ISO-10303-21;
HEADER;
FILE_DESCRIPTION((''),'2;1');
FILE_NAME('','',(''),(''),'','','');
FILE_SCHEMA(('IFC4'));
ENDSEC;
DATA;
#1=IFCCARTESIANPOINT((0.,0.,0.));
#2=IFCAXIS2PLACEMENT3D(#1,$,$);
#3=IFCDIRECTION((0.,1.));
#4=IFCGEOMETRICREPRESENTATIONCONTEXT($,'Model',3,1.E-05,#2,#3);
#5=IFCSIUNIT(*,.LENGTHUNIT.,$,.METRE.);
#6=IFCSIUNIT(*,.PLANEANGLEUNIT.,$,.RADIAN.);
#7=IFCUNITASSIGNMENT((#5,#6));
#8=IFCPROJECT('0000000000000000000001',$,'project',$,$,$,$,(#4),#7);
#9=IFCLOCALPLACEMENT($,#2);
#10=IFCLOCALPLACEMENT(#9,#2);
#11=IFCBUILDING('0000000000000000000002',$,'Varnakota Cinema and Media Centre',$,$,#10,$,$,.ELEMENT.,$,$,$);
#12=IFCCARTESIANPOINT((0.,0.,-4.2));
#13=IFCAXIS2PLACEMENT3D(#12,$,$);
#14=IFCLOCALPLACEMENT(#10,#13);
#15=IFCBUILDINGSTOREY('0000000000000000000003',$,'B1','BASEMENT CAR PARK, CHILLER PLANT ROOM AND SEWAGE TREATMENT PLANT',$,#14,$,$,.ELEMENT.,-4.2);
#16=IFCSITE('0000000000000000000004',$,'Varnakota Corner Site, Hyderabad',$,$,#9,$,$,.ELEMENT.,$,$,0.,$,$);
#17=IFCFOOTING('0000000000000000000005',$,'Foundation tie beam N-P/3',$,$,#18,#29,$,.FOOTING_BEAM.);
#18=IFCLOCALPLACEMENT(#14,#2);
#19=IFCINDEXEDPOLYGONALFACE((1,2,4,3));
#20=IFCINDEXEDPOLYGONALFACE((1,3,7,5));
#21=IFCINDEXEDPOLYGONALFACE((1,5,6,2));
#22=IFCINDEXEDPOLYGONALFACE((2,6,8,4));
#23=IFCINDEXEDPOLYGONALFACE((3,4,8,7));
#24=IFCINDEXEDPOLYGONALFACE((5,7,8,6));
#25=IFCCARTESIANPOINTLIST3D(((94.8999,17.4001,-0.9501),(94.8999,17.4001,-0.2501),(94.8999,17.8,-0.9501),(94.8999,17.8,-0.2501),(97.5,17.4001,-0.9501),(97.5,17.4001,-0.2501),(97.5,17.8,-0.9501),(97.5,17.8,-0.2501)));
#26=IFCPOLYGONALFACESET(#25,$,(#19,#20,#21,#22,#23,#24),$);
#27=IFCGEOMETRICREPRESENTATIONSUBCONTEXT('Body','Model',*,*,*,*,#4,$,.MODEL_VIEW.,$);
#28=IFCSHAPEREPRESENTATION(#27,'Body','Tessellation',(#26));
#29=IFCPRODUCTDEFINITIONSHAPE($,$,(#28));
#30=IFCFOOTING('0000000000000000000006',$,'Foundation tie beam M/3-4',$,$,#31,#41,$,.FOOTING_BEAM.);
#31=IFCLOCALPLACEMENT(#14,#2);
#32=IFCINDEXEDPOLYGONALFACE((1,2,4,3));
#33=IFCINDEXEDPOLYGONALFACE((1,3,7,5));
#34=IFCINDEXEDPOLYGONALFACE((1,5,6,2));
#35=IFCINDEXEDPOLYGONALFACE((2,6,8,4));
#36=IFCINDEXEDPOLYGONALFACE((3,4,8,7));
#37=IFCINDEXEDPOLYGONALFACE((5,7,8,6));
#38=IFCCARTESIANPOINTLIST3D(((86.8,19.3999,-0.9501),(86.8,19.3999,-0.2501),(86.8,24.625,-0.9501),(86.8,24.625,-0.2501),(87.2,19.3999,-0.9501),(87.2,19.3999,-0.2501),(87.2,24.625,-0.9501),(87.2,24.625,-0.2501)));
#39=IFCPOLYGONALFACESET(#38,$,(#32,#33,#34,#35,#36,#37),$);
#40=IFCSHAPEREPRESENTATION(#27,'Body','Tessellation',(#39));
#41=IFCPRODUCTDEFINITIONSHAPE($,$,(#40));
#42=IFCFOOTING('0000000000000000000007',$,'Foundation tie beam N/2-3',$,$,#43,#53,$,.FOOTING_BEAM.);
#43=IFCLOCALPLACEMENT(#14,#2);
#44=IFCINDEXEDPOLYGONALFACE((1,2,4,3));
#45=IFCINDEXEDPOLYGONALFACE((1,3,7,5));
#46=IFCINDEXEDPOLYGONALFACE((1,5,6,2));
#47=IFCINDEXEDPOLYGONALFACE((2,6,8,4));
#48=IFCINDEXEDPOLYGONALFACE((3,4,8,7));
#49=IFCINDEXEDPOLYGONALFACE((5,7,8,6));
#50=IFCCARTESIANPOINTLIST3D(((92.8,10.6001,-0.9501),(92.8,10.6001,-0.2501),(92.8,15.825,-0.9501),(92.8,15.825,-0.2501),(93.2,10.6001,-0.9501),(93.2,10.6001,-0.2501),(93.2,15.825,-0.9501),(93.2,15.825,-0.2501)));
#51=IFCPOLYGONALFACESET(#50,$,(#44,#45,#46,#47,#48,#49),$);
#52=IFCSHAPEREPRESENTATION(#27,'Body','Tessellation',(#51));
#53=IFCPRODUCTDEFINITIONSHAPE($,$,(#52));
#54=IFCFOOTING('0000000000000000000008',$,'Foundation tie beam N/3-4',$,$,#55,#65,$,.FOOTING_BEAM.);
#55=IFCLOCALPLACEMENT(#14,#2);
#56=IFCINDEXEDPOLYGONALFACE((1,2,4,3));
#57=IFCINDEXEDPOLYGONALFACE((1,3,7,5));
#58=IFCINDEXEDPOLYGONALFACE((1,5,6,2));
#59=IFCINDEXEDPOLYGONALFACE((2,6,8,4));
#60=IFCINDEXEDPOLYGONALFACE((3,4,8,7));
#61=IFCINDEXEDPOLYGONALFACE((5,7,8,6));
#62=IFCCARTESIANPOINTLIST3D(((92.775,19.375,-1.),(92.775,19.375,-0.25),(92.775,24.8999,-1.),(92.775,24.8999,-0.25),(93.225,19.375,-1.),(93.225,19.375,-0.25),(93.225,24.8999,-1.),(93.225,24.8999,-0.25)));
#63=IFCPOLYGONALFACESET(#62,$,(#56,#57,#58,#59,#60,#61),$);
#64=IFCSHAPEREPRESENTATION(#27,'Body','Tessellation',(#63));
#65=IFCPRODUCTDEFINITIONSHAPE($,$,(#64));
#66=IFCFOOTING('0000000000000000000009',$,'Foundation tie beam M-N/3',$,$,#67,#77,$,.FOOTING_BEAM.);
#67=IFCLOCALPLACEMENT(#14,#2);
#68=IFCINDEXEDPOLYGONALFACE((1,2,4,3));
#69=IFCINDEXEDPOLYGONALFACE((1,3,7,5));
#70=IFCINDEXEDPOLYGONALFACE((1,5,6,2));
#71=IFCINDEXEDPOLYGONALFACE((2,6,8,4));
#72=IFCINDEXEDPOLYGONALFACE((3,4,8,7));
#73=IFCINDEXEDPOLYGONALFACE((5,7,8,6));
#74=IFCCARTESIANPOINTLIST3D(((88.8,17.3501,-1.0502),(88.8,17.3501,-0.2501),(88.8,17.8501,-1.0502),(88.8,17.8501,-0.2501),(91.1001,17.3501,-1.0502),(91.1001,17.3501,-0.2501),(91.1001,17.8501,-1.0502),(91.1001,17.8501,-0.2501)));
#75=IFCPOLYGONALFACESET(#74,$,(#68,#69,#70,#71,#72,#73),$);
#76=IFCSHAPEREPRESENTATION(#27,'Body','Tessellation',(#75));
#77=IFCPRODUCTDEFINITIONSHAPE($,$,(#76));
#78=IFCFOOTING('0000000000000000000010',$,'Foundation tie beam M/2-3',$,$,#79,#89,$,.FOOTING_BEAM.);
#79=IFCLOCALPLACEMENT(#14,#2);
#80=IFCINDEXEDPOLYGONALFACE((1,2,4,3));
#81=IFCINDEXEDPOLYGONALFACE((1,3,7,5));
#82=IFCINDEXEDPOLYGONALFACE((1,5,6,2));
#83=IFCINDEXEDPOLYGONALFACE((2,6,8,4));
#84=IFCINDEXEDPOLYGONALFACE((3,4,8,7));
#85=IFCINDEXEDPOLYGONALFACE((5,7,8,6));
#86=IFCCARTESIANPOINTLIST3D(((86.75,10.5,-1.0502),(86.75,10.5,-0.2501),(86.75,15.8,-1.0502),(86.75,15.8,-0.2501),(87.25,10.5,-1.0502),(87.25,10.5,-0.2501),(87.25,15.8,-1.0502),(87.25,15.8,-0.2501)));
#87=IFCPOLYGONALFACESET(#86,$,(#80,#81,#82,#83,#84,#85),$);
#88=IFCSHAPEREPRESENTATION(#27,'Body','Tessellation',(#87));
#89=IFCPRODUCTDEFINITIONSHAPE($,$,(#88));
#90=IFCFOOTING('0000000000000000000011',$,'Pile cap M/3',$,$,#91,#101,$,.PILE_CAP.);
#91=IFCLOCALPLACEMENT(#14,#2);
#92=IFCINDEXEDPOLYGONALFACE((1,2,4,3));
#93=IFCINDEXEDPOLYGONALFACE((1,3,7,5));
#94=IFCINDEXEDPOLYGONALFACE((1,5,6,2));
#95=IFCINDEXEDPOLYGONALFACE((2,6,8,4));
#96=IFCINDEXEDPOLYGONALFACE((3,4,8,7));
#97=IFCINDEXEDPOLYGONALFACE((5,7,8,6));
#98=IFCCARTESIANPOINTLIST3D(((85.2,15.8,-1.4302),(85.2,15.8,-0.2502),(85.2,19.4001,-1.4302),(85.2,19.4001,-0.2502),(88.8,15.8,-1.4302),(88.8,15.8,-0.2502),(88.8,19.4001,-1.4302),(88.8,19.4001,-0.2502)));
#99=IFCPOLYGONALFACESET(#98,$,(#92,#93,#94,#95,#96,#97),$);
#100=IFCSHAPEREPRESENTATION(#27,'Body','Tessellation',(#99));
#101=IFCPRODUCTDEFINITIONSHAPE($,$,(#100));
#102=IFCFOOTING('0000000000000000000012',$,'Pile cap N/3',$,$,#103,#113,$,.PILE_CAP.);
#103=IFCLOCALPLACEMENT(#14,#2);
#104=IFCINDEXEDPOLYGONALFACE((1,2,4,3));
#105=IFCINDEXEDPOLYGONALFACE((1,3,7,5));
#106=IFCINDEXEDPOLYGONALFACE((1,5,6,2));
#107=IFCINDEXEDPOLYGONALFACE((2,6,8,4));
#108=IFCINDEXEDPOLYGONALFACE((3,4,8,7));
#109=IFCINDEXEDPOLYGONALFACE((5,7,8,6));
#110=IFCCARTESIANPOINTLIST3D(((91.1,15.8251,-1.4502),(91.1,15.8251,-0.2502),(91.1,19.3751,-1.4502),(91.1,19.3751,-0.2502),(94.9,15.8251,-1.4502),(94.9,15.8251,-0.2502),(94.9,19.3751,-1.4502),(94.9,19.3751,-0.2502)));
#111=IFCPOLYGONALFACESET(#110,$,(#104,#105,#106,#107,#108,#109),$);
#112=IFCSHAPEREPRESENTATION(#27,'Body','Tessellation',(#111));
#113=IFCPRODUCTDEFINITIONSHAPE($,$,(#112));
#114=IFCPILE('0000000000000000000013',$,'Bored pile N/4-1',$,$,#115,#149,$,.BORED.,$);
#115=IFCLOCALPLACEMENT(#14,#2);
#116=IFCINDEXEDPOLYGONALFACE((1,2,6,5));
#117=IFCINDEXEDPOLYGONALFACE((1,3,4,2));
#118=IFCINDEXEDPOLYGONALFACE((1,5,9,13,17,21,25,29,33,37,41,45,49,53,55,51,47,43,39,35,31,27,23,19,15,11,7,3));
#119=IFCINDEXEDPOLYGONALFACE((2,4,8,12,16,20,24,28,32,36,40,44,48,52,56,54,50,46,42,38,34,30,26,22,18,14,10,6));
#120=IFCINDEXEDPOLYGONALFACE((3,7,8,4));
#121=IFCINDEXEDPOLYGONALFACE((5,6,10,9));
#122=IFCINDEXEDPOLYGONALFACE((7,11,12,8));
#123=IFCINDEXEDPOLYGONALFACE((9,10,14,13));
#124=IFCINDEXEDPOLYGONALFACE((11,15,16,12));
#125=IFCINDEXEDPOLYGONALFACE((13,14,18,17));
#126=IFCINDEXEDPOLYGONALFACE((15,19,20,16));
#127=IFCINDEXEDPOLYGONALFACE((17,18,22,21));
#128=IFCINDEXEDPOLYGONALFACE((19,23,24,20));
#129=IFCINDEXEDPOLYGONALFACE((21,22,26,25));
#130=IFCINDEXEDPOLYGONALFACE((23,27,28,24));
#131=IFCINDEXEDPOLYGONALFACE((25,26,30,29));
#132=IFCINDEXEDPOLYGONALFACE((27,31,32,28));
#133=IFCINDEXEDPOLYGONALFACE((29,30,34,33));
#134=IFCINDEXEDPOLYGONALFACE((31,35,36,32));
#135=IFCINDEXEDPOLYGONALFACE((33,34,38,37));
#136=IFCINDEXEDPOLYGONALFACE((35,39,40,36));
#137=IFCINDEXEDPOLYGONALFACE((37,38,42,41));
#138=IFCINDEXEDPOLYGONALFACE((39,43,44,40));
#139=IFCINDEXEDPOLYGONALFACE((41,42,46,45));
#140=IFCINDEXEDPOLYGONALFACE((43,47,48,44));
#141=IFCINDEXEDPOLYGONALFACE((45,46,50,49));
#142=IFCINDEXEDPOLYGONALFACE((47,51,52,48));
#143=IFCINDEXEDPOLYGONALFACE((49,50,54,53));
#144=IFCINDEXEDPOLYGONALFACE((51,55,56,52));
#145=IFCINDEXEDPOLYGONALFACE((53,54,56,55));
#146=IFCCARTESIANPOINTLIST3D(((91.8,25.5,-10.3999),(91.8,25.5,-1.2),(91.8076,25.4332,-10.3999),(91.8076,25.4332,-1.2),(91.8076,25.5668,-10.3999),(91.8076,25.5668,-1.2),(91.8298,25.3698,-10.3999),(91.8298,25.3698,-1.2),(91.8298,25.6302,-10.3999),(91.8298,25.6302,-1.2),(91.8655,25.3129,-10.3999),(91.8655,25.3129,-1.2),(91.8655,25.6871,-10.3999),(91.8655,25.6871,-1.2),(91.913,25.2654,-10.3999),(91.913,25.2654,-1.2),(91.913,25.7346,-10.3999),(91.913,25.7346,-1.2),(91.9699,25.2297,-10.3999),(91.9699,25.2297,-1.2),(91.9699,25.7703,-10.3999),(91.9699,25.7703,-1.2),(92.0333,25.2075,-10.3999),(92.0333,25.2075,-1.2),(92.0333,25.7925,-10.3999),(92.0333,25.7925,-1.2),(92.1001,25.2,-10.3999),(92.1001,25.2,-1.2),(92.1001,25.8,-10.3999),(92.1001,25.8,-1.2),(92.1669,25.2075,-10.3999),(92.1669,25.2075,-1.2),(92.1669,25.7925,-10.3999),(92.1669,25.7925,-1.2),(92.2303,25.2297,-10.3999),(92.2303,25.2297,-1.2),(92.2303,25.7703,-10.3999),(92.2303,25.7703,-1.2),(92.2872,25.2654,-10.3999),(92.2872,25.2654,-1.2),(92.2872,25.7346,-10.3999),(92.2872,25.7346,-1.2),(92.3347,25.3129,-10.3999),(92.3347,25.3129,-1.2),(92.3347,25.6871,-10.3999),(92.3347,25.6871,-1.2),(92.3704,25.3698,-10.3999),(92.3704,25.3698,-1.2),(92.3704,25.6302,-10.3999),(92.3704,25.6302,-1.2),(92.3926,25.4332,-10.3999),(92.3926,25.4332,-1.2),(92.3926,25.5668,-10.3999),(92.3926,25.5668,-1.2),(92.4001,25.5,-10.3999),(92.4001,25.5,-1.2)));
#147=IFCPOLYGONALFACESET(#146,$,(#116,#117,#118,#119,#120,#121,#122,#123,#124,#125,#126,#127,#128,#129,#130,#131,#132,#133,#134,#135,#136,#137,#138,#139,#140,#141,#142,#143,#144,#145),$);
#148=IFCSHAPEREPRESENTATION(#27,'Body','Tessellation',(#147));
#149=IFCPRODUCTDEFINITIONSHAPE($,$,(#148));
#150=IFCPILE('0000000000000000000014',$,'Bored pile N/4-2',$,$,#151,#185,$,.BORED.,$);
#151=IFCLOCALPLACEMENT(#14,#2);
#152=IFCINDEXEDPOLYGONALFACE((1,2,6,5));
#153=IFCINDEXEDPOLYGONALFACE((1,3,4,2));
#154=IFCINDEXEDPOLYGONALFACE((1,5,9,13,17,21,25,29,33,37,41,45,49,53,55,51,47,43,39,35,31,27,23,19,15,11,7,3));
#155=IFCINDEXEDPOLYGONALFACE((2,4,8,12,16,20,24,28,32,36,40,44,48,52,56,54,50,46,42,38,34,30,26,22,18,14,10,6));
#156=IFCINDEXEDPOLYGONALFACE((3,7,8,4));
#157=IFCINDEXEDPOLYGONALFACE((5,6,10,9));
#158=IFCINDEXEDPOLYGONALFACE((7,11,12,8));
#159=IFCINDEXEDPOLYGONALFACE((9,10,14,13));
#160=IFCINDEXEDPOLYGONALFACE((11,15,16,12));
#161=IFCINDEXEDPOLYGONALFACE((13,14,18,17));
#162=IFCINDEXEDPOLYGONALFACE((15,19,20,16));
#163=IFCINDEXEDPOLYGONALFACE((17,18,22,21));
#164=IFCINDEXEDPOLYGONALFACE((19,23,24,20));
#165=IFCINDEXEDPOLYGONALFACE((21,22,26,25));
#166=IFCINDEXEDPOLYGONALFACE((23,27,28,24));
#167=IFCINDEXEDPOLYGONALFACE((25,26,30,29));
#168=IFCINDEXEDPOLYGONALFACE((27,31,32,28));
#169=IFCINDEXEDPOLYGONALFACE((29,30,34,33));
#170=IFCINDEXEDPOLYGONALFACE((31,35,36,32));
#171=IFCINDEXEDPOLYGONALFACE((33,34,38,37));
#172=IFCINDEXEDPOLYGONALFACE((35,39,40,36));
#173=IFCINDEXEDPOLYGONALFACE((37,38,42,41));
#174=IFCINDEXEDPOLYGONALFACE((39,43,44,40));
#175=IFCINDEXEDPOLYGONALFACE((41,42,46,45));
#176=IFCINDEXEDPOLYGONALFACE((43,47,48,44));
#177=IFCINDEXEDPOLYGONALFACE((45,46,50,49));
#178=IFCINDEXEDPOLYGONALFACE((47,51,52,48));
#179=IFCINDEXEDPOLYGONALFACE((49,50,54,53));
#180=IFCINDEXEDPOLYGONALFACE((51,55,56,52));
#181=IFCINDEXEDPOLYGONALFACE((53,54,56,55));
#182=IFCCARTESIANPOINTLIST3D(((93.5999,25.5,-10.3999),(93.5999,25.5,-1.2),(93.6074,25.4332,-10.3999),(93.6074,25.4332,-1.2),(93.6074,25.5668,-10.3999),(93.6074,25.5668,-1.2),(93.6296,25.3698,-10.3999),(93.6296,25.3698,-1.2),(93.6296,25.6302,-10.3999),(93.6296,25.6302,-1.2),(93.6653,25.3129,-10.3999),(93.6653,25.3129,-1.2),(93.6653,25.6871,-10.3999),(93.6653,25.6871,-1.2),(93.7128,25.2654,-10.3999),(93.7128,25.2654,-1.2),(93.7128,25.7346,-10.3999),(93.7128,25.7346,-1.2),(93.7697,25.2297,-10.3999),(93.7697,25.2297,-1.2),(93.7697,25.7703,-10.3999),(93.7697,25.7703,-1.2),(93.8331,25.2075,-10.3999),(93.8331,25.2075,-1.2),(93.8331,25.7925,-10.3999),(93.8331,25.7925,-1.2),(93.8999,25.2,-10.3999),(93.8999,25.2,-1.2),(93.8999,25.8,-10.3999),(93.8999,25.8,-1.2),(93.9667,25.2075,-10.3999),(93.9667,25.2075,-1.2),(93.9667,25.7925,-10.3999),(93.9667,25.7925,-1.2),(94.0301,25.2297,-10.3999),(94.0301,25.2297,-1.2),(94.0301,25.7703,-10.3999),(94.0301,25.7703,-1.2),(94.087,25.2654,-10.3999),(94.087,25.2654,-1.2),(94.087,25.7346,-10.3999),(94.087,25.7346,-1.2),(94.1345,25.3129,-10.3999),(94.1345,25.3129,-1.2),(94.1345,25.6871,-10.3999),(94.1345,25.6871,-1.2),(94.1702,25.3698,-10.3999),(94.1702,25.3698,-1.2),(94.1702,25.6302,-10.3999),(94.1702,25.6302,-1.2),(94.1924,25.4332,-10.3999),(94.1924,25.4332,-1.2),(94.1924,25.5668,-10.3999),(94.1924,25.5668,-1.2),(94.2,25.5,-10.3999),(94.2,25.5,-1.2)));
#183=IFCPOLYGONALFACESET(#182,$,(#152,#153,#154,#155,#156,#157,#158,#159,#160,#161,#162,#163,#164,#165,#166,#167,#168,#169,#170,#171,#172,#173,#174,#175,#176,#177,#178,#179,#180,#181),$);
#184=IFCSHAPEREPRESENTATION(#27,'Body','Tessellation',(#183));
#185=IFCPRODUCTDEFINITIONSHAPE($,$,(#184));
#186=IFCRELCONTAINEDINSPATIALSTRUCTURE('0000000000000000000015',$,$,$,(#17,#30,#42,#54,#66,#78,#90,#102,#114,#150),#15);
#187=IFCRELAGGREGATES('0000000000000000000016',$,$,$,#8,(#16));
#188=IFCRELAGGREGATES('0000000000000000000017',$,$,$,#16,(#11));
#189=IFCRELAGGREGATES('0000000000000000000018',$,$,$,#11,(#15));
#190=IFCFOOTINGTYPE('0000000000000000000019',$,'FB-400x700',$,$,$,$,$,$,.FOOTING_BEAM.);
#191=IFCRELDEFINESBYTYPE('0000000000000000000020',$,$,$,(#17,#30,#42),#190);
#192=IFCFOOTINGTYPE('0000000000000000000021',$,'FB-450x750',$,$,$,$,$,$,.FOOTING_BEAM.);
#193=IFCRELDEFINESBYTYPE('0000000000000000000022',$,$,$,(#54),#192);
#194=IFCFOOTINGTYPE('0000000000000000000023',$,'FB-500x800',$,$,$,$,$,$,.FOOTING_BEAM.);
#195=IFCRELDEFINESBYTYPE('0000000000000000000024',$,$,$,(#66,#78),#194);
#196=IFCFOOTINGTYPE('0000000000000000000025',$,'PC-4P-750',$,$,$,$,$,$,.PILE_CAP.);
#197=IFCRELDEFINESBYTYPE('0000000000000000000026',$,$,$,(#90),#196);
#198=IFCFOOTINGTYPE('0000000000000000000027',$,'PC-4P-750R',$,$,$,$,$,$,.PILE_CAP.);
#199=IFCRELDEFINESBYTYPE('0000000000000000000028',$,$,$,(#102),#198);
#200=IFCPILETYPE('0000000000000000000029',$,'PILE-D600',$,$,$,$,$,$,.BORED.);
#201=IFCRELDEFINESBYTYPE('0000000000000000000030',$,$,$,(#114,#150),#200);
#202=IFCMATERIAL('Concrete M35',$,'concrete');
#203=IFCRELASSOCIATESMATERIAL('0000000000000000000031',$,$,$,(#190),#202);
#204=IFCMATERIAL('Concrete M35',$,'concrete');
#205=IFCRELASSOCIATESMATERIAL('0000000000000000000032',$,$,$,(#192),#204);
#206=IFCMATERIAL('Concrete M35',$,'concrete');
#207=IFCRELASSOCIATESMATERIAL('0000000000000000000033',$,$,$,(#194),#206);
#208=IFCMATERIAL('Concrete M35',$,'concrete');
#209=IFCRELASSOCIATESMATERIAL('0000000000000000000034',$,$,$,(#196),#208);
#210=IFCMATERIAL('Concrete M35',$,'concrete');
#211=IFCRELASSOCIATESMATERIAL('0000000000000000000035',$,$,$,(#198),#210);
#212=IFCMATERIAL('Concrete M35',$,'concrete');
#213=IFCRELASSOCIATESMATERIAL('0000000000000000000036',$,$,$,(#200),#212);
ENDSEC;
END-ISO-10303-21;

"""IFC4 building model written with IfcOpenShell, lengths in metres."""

from ifc_helpers import new_model, si_unit, direction, frame, origin, origin_2d, place, context, subcontext, project, spatial, rectangle, circle, extrude, material, material_profile, profile_set, type_object, element, save


model = new_model("IFC4")

# Units and contexts
model_context = context("Model", 3, precision=1e-05, world=origin(), true_north=direction((0.0, 1.0)))
body_context = subcontext(model_context, "Body", "Model", "MODEL_VIEW")
ifc_project = project(units=[si_unit("LENGTHUNIT", "METRE"), si_unit("PLANEANGLEUNIT", "RADIAN")], contexts=[model_context])

# Site, building, storey
site_placement = place(None, origin())
site = spatial("IfcSite", under=ifc_project, at=site_placement, Name="Varnakota Corner Site, Hyderabad", CompositionType="ELEMENT", RefElevation=0.0)
building_placement = place(site_placement, origin())
building = spatial("IfcBuilding", under=site, at=building_placement, Name="Varnakota Cinema and Media Centre", CompositionType="ELEMENT")
storey_placement = place(building_placement, frame((0.0, 0.0, -4.2)))
storey = spatial("IfcBuildingStorey", under=building, at=storey_placement, Name="B1", Description="BASEMENT CAR PARK, CHILLER PLANT ROOM AND SEWAGE TREATMENT PLANT", CompositionType="ELEMENT", Elevation=-4.2)

# Footings
ifc_material_1 = material(Name="Concrete M35", Category="concrete")
ifc_material_profile_1 = material_profile(ifc_material_1, rectangle(XDim=0.3999, YDim=0.7, at=origin_2d()), Name="FB 400x700")
ifc_profile_set_1 = profile_set([ifc_material_profile_1], Name="Concrete M35")
footing_type_1 = type_object("IfcFootingType", Name="FB-400x700", PredefinedType="FOOTING_BEAM", material=ifc_profile_set_1)
footing_1_placement = place(storey_placement, frame((94.8999, 17.6001, -0.6001), z_axis=(1.0, 0.0, 0.0), x_axis=(0.0, 1.0, 0.0)))
element("IfcFooting", 1, at=footing_1_placement, inside=storey, type_object=footing_type_1, Name="Foundation tie beam N-P/3", PredefinedType="FOOTING_BEAM", context=body_context, shape_type="SweptSolid", body=[
    extrude(rectangle(XDim=0.3999, YDim=0.7, at=origin_2d()), origin(), (0.0, 0.0, 1.0), 2.6001),
])
footing_2_placement = place(storey_placement, frame((87.0, 19.3999, -0.6001), z_axis=(0.0, 1.0, 0.0), x_axis=(-1.0, 0.0, 0.0)))
element("IfcFooting", 2, at=footing_2_placement, inside=storey, type_object=footing_type_1, Name="Foundation tie beam M/3-4", PredefinedType="FOOTING_BEAM", context=body_context, shape_type="SweptSolid", body=[
    extrude(rectangle(XDim=0.3999, YDim=0.7, at=origin_2d()), origin(), (0.0, 0.0, 1.0), 5.2251),
])
footing_3_placement = place(storey_placement, frame((93.0, 10.6001, -0.6001), z_axis=(0.0, 1.0, 0.0), x_axis=(-1.0, 0.0, 0.0)))
element("IfcFooting", 3, at=footing_3_placement, inside=storey, type_object=footing_type_1, Name="Foundation tie beam N/2-3", PredefinedType="FOOTING_BEAM", context=body_context, shape_type="SweptSolid", body=[
    extrude(rectangle(XDim=0.3999, YDim=0.7, at=origin_2d()), origin(), (0.0, 0.0, 1.0), 5.2249),
])
ifc_material_2 = material(Name="Concrete M35", Category="concrete")
ifc_material_profile_2 = material_profile(ifc_material_2, rectangle(XDim=0.45, YDim=0.75, at=origin_2d()), Name="FB 450x750")
ifc_profile_set_2 = profile_set([ifc_material_profile_2], Name="Concrete M35")
footing_type_2 = type_object("IfcFootingType", Name="FB-450x750", PredefinedType="FOOTING_BEAM", material=ifc_profile_set_2)
footing_4_placement = place(storey_placement, frame((93.0, 19.375, -0.625), z_axis=(0.0, 1.0, 0.0), x_axis=(-1.0, 0.0, 0.0)))
element("IfcFooting", 4, at=footing_4_placement, inside=storey, type_object=footing_type_2, Name="Foundation tie beam N/3-4", PredefinedType="FOOTING_BEAM", context=body_context, shape_type="SweptSolid", body=[
    extrude(rectangle(XDim=0.45, YDim=0.75, at=origin_2d()), origin(), (0.0, 0.0, 1.0), 5.5249),
])
ifc_material_3 = material(Name="Concrete M35", Category="concrete")
ifc_material_profile_3 = material_profile(ifc_material_3, rectangle(XDim=0.5, YDim=0.8, at=origin_2d()), Name="FB 500x800")
ifc_profile_set_3 = profile_set([ifc_material_profile_3], Name="Concrete M35")
footing_type_3 = type_object("IfcFootingType", Name="FB-500x800", PredefinedType="FOOTING_BEAM", material=ifc_profile_set_3)
footing_5_placement = place(storey_placement, frame((88.8, 17.6001, -0.6501), z_axis=(1.0, 0.0, 0.0), x_axis=(0.0, 1.0, 0.0)))
element("IfcFooting", 5, at=footing_5_placement, inside=storey, type_object=footing_type_3, Name="Foundation tie beam M-N/3", PredefinedType="FOOTING_BEAM", context=body_context, shape_type="SweptSolid", body=[
    extrude(rectangle(XDim=0.5, YDim=0.8, at=origin_2d()), origin(), (0.0, 0.0, 1.0), 2.3),
])
footing_6_placement = place(storey_placement, frame((87.0, 10.5, -0.6501), z_axis=(0.0, 1.0, 0.0), x_axis=(-1.0, 0.0, 0.0)))
element("IfcFooting", 6, at=footing_6_placement, inside=storey, type_object=footing_type_3, Name="Foundation tie beam M/2-3", PredefinedType="FOOTING_BEAM", context=body_context, shape_type="SweptSolid", body=[
    extrude(rectangle(XDim=0.5, YDim=0.8, at=origin_2d()), origin(), (0.0, 0.0, 1.0), 5.3),
])
ifc_material_4 = material(Name="Concrete M35", Category="concrete")
footing_type_4 = type_object("IfcFootingType", Name="PC-4P-750", PredefinedType="PILE_CAP", material=ifc_material_4)
footing_7_placement = place(storey_placement, frame((87.0, 17.6001, -1.4302), z_axis=(0.0, 0.0, 1.0), x_axis=(1.0, 0.0, 0.0)))
element("IfcFooting", 7, at=footing_7_placement, inside=storey, type_object=footing_type_4, Name="Pile cap M/3", PredefinedType="PILE_CAP", context=body_context, shape_type="SweptSolid", body=[
    extrude(rectangle(XDim=3.6001, YDim=3.6001, at=origin_2d()), origin(), (0.0, 0.0, 1.0), 1.1799),
])
ifc_material_5 = material(Name="Concrete M35", Category="concrete")
footing_type_5 = type_object("IfcFootingType", Name="PC-4P-750R", PredefinedType="PILE_CAP", material=ifc_material_5)
footing_8_placement = place(storey_placement, frame((93.0, 17.6001, -1.4502), z_axis=(0.0, 0.0, 1.0), x_axis=(1.0, 0.0, 0.0)))
element("IfcFooting", 8, at=footing_8_placement, inside=storey, type_object=footing_type_5, Name="Pile cap N/3", PredefinedType="PILE_CAP", context=body_context, shape_type="SweptSolid", body=[
    extrude(rectangle(XDim=3.8, YDim=3.55, at=origin_2d()), origin(), (0.0, 0.0, 1.0), 1.2),
])

# Piles
ifc_material_6 = material(Name="Concrete M35", Category="concrete")
ifc_material_profile_4 = material_profile(ifc_material_6, circle(Radius=0.3, at=origin_2d()), Name="PILE D600")
ifc_profile_set_4 = profile_set([ifc_material_profile_4], Name="Concrete M35")
pile_type_1 = type_object("IfcPileType", Name="PILE-D600", PredefinedType="BORED", material=ifc_profile_set_4)
for number, where, z_axis, x_axis, name in (
    (9, (92.1001, 25.5, -1.2), (0.0, 0.0, -1.0), (1.0, 0.0, 0.0), "Bored pile N/4-1"),
    (10, (93.8999, 25.5, -1.2), (0.0, 0.0, -1.0), (1.0, 0.0, 0.0), "Bored pile N/4-2"),
):
    element("IfcPile", number, at=place(storey_placement, frame(where, z_axis=z_axis, x_axis=x_axis)), inside=storey, type_object=pile_type_1, Name=name, PredefinedType="BORED", context=body_context, shape_type="SweptSolid", body=[
        extrude(circle(Radius=0.3, at=origin_2d()), origin(), (0.0, 0.0, 1.0), 9.2),
    ])

save(model, "model.ifc")
